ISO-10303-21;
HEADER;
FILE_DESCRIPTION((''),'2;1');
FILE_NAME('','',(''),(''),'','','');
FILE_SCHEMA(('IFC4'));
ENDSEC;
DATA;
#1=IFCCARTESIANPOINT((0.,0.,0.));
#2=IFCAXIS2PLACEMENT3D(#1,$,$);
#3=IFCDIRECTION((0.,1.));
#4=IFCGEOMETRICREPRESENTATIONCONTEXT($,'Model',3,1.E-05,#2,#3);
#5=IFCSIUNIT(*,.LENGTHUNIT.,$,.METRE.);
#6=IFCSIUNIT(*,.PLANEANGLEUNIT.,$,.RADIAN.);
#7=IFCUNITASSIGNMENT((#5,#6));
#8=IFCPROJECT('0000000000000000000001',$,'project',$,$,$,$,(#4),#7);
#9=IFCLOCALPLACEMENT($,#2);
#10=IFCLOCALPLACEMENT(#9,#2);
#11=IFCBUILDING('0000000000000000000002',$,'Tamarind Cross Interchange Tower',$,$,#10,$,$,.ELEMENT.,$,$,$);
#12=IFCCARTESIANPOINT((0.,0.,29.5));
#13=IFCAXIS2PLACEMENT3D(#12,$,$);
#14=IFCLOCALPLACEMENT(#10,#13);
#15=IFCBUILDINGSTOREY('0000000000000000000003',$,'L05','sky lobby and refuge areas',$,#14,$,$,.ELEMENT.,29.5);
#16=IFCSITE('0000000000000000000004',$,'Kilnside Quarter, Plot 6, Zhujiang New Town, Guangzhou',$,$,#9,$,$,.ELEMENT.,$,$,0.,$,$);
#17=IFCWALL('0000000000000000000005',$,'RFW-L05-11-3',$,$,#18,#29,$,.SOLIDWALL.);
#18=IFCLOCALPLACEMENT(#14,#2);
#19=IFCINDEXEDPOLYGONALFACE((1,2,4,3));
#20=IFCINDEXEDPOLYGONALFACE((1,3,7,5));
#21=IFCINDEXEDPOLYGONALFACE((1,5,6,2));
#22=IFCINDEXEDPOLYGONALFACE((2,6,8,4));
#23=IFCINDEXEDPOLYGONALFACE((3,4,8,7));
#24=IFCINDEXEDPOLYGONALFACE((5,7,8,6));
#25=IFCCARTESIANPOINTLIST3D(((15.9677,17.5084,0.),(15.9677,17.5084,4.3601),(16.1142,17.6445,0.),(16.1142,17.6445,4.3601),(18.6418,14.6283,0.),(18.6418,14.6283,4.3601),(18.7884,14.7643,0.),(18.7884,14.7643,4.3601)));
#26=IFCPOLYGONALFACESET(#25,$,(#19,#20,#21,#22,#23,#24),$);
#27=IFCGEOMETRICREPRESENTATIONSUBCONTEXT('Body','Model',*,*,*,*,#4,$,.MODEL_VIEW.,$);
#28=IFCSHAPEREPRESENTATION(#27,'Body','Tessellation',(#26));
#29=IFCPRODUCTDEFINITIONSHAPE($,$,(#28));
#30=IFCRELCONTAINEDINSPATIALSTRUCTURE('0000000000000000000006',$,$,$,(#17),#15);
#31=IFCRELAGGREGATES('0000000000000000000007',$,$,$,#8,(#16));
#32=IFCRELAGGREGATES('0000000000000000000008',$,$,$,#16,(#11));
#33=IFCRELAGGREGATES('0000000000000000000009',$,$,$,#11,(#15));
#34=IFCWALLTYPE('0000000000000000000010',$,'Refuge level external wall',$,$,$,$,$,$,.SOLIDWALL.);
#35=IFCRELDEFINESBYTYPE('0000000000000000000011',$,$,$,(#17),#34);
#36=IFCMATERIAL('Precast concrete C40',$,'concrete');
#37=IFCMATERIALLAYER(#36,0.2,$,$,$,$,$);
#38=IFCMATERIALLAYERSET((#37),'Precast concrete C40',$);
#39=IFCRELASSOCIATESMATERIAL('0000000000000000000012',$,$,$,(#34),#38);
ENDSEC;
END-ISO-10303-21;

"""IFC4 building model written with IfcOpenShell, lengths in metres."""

from ifc_helpers import new_model, si_unit, direction, frame, frame_2d, origin, place, context, subcontext, project, spatial, rectangle, extrude, material, layer, layer_set, type_object, element, save


model = new_model("IFC4")

# Units and contexts
model_context = context("Model", 3, precision=1e-05, world=origin(), true_north=direction((0.0, 1.0)))
body_context = subcontext(model_context, "Body", "Model", "MODEL_VIEW")
ifc_project = project(units=[si_unit("LENGTHUNIT", "METRE"), si_unit("PLANEANGLEUNIT", "RADIAN")], contexts=[model_context])

# Site, building, storey
site_placement = place(None, origin())
site = spatial("IfcSite", under=ifc_project, at=site_placement, Name="Kilnside Quarter, Plot 6, Zhujiang New Town, Guangzhou", CompositionType="ELEMENT", RefElevation=0.0)
building_placement = place(site_placement, origin())
building = spatial("IfcBuilding", under=site, at=building_placement, Name="Tamarind Cross Interchange Tower", CompositionType="ELEMENT")
storey_placement = place(building_placement, frame((0.0, 0.0, 29.5)))
storey = spatial("IfcBuildingStorey", under=building, at=storey_placement, Name="L05", Description="sky lobby and refuge areas", CompositionType="ELEMENT", Elevation=29.5)

# Shared definitions
ifc_material_1 = material(Name="Precast concrete C40", Category="concrete")
ifc_layer_1 = layer(ifc_material_1, 0.2)
ifc_layer_set_1 = layer_set([ifc_layer_1], Name="Precast concrete C40")
wall_type_1 = type_object("IfcWallType", Name="Refuge level external wall", PredefinedType="SOLIDWALL", material=ifc_layer_set_1)

# Wall
wall_1_placement = place(storey_placement, frame((18.7151, 14.6963, 0.0), z_axis=(0.0, 0.0, 1.0), x_axis=(-0.680406, 0.732836, 0.0)))
element("IfcWall", 1, at=wall_1_placement, inside=storey, type_object=wall_type_1, Name="RFW-L05-11-3", PredefinedType="SOLIDWALL", context=body_context, shape_type="SweptSolid", body=[
    extrude(rectangle(XDim=3.9302, YDim=0.2, at=frame_2d((1.9651, 0.0))), origin(), (0.0, 0.0, 1.0), 4.3601),
])

save(model, "model.ifc")
